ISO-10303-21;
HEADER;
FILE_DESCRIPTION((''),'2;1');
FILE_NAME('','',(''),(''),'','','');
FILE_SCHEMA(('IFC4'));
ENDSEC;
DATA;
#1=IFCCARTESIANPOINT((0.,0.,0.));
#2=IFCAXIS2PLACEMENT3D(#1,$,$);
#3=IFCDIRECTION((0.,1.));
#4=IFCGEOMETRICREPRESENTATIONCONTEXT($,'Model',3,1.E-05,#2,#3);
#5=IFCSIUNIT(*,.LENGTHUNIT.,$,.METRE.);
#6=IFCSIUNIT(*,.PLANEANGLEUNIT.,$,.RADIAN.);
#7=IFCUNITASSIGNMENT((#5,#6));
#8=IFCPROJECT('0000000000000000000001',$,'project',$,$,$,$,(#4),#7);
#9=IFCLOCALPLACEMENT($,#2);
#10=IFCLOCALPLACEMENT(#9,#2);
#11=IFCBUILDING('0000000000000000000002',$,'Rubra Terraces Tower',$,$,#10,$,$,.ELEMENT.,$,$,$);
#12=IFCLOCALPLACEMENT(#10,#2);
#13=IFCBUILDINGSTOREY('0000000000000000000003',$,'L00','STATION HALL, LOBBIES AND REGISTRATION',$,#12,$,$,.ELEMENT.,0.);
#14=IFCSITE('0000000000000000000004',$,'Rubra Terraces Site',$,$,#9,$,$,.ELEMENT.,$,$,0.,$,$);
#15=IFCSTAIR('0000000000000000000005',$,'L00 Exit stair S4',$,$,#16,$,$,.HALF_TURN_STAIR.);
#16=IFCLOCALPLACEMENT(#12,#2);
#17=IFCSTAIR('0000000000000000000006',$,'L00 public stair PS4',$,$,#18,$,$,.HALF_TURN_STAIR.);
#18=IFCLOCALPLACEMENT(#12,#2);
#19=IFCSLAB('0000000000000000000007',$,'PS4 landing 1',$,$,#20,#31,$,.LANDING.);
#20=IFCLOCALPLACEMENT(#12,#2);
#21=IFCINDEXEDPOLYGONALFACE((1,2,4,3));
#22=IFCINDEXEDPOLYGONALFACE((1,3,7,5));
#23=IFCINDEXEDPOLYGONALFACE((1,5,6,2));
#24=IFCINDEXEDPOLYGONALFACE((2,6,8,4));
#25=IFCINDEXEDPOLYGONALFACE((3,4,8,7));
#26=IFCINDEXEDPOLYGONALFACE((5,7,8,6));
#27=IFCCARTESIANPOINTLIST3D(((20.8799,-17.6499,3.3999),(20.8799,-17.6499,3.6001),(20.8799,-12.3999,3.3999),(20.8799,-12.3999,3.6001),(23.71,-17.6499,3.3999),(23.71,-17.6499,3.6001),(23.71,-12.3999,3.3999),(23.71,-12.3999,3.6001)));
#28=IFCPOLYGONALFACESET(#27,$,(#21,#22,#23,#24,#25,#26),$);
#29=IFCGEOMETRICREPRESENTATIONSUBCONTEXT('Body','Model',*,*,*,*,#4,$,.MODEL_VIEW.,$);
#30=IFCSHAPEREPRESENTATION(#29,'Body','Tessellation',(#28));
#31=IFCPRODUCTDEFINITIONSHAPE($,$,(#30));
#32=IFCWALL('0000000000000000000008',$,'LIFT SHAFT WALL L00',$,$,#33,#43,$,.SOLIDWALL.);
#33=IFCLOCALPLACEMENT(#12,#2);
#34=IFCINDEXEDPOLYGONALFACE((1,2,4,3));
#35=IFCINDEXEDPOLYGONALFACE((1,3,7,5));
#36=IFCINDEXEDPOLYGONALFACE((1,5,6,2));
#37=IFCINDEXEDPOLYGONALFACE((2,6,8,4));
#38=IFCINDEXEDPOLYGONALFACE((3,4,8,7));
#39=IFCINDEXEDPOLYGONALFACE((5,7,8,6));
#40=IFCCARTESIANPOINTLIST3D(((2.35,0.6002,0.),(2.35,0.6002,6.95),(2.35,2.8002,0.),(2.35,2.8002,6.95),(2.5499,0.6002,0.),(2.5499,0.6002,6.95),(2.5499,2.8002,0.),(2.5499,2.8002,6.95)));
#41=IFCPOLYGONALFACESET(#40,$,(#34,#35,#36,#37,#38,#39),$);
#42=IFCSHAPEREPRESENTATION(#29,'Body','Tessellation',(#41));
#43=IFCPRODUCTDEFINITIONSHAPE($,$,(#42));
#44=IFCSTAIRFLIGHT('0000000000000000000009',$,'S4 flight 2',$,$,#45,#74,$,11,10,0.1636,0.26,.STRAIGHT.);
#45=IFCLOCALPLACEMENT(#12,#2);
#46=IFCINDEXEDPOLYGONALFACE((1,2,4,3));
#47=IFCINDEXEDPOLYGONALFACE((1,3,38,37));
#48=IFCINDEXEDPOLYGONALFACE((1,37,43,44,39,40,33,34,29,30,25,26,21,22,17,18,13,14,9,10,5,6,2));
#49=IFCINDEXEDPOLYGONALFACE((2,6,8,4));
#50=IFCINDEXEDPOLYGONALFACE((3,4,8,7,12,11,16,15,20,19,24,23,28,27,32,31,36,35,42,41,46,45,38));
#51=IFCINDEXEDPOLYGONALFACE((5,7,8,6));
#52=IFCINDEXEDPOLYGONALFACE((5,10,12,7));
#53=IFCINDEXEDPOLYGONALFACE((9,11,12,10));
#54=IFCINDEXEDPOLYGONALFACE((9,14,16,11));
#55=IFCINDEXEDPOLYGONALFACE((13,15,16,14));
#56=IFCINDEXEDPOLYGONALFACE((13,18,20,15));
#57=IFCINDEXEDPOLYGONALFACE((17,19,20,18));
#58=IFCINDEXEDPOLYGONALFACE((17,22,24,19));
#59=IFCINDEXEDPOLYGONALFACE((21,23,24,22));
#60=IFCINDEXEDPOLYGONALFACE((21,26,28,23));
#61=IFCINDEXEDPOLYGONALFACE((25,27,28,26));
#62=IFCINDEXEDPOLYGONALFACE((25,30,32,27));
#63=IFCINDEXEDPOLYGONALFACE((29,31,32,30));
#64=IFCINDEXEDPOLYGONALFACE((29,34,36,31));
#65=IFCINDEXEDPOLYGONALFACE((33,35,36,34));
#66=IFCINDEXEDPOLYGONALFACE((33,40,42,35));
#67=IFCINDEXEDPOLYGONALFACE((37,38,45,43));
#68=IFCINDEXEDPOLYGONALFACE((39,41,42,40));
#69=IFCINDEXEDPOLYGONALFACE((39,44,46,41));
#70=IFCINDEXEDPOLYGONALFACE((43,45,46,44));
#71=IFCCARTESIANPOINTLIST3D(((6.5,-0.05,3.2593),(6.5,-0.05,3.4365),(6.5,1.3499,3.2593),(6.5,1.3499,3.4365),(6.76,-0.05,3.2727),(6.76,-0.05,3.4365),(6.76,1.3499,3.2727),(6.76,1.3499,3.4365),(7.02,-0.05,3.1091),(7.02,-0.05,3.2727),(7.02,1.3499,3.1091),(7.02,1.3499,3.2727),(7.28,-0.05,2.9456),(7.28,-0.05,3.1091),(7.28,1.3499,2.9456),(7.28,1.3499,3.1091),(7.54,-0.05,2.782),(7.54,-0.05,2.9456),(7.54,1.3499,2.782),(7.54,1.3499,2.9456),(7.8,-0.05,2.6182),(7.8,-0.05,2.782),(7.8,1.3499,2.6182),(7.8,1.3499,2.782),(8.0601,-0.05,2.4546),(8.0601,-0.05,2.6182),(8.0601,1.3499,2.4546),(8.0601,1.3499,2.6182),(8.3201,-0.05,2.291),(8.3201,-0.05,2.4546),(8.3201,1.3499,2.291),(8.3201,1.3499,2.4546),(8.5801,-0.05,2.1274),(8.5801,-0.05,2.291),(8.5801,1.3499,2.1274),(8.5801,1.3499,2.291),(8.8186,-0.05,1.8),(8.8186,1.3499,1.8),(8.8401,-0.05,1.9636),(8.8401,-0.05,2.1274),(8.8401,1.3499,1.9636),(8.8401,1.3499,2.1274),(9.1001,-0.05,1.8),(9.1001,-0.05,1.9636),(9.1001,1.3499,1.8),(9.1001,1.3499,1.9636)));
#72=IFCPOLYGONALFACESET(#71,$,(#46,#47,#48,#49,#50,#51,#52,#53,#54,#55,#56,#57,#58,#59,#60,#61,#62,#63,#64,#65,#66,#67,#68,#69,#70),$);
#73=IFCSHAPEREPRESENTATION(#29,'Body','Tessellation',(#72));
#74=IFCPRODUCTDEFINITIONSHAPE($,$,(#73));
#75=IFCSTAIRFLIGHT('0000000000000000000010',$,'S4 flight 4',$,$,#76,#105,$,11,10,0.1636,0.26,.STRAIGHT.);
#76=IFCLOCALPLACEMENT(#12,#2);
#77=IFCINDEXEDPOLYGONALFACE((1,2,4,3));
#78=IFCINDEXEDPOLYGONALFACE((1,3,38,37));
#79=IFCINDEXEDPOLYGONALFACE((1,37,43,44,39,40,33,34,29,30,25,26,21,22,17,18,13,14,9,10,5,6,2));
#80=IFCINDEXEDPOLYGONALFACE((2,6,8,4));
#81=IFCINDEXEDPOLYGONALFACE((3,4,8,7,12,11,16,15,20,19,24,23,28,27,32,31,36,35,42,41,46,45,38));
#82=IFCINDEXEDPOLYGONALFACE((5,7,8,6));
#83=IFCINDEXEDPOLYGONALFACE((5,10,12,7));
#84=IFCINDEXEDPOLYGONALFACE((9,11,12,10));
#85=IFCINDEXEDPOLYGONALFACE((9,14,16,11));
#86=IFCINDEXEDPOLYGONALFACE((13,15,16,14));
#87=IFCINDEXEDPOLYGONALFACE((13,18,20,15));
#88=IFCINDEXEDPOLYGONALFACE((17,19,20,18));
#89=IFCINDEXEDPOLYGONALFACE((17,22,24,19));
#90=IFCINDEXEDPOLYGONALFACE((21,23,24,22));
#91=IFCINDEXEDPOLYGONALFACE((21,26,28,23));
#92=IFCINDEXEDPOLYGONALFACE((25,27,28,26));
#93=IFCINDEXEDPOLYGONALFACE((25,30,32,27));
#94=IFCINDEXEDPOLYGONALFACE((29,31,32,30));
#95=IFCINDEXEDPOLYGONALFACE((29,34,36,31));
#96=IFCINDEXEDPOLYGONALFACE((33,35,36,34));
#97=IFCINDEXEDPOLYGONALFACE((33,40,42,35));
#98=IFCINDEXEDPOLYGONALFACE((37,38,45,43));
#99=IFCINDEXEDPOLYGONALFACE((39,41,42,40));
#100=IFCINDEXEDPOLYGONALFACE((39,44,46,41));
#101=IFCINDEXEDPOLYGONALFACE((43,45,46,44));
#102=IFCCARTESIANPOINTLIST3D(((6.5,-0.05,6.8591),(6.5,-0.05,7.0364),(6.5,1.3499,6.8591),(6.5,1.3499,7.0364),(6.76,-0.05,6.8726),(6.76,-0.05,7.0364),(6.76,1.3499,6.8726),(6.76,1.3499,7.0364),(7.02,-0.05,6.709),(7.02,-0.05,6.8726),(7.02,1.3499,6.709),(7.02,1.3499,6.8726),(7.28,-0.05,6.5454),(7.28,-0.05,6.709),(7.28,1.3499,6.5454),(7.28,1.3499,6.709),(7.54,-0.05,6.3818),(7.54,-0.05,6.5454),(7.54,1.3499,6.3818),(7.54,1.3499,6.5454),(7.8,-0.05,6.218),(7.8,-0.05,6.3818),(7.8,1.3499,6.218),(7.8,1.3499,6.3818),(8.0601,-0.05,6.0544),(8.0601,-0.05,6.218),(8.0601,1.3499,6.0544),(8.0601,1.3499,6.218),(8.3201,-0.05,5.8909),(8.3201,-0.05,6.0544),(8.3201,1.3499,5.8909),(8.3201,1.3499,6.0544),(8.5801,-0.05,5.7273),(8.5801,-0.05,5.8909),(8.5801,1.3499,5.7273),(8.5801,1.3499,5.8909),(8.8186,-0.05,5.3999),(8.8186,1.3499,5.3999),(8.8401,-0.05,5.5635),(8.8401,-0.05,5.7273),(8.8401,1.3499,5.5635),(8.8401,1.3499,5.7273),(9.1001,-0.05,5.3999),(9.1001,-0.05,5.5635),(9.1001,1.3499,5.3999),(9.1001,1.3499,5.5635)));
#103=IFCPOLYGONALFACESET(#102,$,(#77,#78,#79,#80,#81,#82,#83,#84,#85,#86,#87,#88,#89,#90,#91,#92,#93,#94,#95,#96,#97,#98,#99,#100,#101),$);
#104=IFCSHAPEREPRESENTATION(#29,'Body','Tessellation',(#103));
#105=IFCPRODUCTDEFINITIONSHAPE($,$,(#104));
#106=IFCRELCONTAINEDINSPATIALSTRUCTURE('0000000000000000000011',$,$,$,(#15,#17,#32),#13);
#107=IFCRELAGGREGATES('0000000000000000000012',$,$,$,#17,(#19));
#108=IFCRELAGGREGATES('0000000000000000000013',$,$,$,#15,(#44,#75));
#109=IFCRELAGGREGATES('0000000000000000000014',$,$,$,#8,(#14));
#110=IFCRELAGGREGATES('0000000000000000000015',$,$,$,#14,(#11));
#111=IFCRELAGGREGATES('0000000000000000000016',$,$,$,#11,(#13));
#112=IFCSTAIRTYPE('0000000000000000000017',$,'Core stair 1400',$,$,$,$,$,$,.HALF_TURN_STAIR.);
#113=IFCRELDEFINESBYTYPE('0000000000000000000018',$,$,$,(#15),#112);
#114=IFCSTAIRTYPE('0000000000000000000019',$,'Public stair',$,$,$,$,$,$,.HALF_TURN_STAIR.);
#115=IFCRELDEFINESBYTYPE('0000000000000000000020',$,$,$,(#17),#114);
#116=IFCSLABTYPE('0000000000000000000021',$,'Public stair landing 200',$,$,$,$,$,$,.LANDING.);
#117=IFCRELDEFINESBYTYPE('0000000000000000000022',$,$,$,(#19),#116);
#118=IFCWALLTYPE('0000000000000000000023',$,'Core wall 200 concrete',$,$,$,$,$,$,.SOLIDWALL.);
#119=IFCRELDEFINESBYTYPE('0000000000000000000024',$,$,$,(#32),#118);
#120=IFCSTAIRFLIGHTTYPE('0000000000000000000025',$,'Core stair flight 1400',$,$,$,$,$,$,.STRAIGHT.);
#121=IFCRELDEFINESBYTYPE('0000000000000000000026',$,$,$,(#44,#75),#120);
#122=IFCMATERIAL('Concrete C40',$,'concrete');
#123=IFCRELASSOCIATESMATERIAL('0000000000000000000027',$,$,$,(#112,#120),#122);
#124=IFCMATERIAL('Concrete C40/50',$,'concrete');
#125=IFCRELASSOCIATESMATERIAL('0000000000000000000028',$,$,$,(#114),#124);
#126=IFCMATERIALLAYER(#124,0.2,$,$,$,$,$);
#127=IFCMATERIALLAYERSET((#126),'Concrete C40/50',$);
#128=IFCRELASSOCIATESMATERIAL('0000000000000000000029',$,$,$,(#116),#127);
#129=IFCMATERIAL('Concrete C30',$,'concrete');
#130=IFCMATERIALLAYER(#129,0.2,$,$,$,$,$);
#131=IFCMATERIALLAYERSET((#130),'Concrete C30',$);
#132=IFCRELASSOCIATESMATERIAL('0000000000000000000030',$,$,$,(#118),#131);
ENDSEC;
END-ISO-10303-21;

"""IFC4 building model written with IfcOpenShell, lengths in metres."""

from ifc_helpers import new_model, si_unit, direction, frame, frame_2d, origin, place, context, subcontext, project, spatial, polyline, rectangle, outline, extrude, material, layer, layer_set, type_object, element, aggregate, save


model = new_model("IFC4")

# Units and contexts
model_context = context("Model", 3, precision=1e-05, world=origin(), true_north=direction((0.0, 1.0)))
body_context = subcontext(model_context, "Body", "Model", "MODEL_VIEW")
ifc_project = project(units=[si_unit("LENGTHUNIT", "METRE"), si_unit("PLANEANGLEUNIT", "RADIAN")], contexts=[model_context])

# Site, building, storey
site_placement = place(None, origin())
site = spatial("IfcSite", under=ifc_project, at=site_placement, Name="Rubra Terraces Site", CompositionType="ELEMENT", RefElevation=0.0)
building_placement = place(site_placement, origin())
building = spatial("IfcBuilding", under=site, at=building_placement, Name="Rubra Terraces Tower", CompositionType="ELEMENT")
storey_placement = place(building_placement, origin())
storey = spatial("IfcBuildingStorey", under=building, at=storey_placement, Name="L00", Description="STATION HALL, LOBBIES AND REGISTRATION", CompositionType="ELEMENT", Elevation=0.0)

# Stair
ifc_material_1 = material(Name="Concrete C40", Category="concrete")
stair_type_1 = type_object("IfcStairType", Name="Core stair 1400", PredefinedType="HALF_TURN_STAIR", material=ifc_material_1)
stair_1_placement = place(storey_placement, origin())
stair_1 = element("IfcStair", 1, at=stair_1_placement, inside=storey, type_object=stair_type_1, Name="L00 Exit stair S4", PredefinedType="HALF_TURN_STAIR")

# Stair, slab
ifc_material_2 = material(Name="Concrete C40/50", Category="concrete")
stair_type_2 = type_object("IfcStairType", Name="Public stair", PredefinedType="HALF_TURN_STAIR", material=ifc_material_2)
ifc_layer_1 = layer(ifc_material_2, 0.2)
ifc_layer_set_1 = layer_set([ifc_layer_1], Name="Concrete C40/50")
slab_type_1 = type_object("IfcSlabType", Name="Public stair landing 200", PredefinedType="LANDING", material=ifc_layer_set_1)
stair_2_placement = place(storey_placement, origin())
stair_2 = element("IfcStair", 2, at=stair_2_placement, inside=storey, type_object=stair_type_2, Name="L00 public stair PS4", PredefinedType="HALF_TURN_STAIR")
slab_1_placement = place(storey_placement, frame((0.0, 0.0, 3.3999)))
slab_1 = element("IfcSlab", 3, at=slab_1_placement, type_object=slab_type_1, Name="PS4 landing 1", PredefinedType="LANDING", context=body_context, shape_type="SweptSolid", body=[
    extrude(outline(polyline([(20.8799, -17.6499), (23.71, -17.6499), (23.71, -12.3999), (20.8799, -12.3999), (20.8799, -17.6499)])), origin(), (0.0, 0.0, 1.0), 0.2002),
])
aggregate(stair_2, [slab_1])

# Wall
ifc_material_3 = material(Name="Concrete C30", Category="concrete")
ifc_layer_2 = layer(ifc_material_3, 0.2)
ifc_layer_set_2 = layer_set([ifc_layer_2], Name="Concrete C30")
wall_type = type_object("IfcWallType", Name="Core wall 200 concrete", PredefinedType="SOLIDWALL", material=ifc_layer_set_2)
wall_placement = place(storey_placement, frame((2.45, 0.6001, 0.0), z_axis=(0.0, 0.0, 1.0), x_axis=(0.0, 1.0, 0.0)))
element("IfcWall", 4, at=wall_placement, inside=storey, type_object=wall_type, Name="LIFT SHAFT WALL L00", PredefinedType="SOLIDWALL", context=body_context, shape_type="SweptSolid", body=[
    extrude(rectangle(XDim=2.2, YDim=0.2, at=frame_2d((1.1001, 0.0))), origin(), (0.0, 0.0, 1.0), 6.95),
])

# Stair flights
stair_flight_type = type_object("IfcStairFlightType", Name="Core stair flight 1400", PredefinedType="STRAIGHT", material=ifc_material_1)
stair_flight_1_placement = place(storey_placement, frame((9.1001, 0.6499, 1.8), z_axis=(0.0, 0.0, 1.0), x_axis=(-1.0, 0.0, 0.0)))
stair_flight_1 = element("IfcStairFlight", 5, at=stair_flight_1_placement, type_object=stair_flight_type, Name="S4 flight 2", NumberOfRisers=11, NumberOfTreads=10, PredefinedType="STRAIGHT", RiserHeight=0.1636, TreadLength=0.26, context=body_context, shape_type="SweptSolid", body=[
    extrude(outline(polyline([(0.0, 0.0), (0.0, 0.1636), (0.26, 0.1636), (0.26, 0.3274), (0.52, 0.3274), (0.52, 0.491), (0.78, 0.491), (0.78, 0.6545), (1.04, 0.6545), (1.04, 0.8181), (1.3, 0.8181), (1.3, 0.9819), (1.5601, 0.9819), (1.5601, 1.1455), (1.8201, 1.1455), (1.8201, 1.3091), (2.0801, 1.3091), (2.0801, 1.4727), (2.3401, 1.4727), (2.3401, 1.6365), (2.6001, 1.6365), (2.6001, 1.8), (2.6001, 1.4592), (0.2815, 0.0), (0.0, 0.0)])), frame((0.0, 0.7, 0.0), z_axis=(0.0, -1.0, 0.0), x_axis=(1.0, 0.0, 0.0)), (0.0, 0.0, 1.0), 1.3999),
])
stair_flight_2_placement = place(storey_placement, frame((9.1001, 0.6499, 5.3999), z_axis=(0.0, 0.0, 1.0), x_axis=(-1.0, 0.0, 0.0)))
stair_flight_2 = element("IfcStairFlight", 6, at=stair_flight_2_placement, type_object=stair_flight_type, Name="S4 flight 4", NumberOfRisers=11, NumberOfTreads=10, PredefinedType="STRAIGHT", RiserHeight=0.1636, TreadLength=0.26, context=body_context, shape_type="SweptSolid", body=[
    extrude(outline(polyline([(0.0, 0.0), (0.0, 0.1636), (0.26, 0.1636), (0.26, 0.3274), (0.52, 0.3274), (0.52, 0.491), (0.78, 0.491), (0.78, 0.6545), (1.04, 0.6545), (1.04, 0.8181), (1.3, 0.8181), (1.3, 0.9819), (1.5601, 0.9819), (1.5601, 1.1455), (1.8201, 1.1455), (1.8201, 1.3091), (2.0801, 1.3091), (2.0801, 1.4727), (2.3401, 1.4727), (2.3401, 1.6365), (2.6001, 1.6365), (2.6001, 1.8), (2.6001, 1.4592), (0.2815, 0.0), (0.0, 0.0)])), frame((0.0, 0.7, 0.0), z_axis=(0.0, -1.0, 0.0), x_axis=(1.0, 0.0, 0.0)), (0.0, 0.0, 1.0), 1.3999),
])
aggregate(stair_1, [stair_flight_1, stair_flight_2])

save(model, "model.ifc")
